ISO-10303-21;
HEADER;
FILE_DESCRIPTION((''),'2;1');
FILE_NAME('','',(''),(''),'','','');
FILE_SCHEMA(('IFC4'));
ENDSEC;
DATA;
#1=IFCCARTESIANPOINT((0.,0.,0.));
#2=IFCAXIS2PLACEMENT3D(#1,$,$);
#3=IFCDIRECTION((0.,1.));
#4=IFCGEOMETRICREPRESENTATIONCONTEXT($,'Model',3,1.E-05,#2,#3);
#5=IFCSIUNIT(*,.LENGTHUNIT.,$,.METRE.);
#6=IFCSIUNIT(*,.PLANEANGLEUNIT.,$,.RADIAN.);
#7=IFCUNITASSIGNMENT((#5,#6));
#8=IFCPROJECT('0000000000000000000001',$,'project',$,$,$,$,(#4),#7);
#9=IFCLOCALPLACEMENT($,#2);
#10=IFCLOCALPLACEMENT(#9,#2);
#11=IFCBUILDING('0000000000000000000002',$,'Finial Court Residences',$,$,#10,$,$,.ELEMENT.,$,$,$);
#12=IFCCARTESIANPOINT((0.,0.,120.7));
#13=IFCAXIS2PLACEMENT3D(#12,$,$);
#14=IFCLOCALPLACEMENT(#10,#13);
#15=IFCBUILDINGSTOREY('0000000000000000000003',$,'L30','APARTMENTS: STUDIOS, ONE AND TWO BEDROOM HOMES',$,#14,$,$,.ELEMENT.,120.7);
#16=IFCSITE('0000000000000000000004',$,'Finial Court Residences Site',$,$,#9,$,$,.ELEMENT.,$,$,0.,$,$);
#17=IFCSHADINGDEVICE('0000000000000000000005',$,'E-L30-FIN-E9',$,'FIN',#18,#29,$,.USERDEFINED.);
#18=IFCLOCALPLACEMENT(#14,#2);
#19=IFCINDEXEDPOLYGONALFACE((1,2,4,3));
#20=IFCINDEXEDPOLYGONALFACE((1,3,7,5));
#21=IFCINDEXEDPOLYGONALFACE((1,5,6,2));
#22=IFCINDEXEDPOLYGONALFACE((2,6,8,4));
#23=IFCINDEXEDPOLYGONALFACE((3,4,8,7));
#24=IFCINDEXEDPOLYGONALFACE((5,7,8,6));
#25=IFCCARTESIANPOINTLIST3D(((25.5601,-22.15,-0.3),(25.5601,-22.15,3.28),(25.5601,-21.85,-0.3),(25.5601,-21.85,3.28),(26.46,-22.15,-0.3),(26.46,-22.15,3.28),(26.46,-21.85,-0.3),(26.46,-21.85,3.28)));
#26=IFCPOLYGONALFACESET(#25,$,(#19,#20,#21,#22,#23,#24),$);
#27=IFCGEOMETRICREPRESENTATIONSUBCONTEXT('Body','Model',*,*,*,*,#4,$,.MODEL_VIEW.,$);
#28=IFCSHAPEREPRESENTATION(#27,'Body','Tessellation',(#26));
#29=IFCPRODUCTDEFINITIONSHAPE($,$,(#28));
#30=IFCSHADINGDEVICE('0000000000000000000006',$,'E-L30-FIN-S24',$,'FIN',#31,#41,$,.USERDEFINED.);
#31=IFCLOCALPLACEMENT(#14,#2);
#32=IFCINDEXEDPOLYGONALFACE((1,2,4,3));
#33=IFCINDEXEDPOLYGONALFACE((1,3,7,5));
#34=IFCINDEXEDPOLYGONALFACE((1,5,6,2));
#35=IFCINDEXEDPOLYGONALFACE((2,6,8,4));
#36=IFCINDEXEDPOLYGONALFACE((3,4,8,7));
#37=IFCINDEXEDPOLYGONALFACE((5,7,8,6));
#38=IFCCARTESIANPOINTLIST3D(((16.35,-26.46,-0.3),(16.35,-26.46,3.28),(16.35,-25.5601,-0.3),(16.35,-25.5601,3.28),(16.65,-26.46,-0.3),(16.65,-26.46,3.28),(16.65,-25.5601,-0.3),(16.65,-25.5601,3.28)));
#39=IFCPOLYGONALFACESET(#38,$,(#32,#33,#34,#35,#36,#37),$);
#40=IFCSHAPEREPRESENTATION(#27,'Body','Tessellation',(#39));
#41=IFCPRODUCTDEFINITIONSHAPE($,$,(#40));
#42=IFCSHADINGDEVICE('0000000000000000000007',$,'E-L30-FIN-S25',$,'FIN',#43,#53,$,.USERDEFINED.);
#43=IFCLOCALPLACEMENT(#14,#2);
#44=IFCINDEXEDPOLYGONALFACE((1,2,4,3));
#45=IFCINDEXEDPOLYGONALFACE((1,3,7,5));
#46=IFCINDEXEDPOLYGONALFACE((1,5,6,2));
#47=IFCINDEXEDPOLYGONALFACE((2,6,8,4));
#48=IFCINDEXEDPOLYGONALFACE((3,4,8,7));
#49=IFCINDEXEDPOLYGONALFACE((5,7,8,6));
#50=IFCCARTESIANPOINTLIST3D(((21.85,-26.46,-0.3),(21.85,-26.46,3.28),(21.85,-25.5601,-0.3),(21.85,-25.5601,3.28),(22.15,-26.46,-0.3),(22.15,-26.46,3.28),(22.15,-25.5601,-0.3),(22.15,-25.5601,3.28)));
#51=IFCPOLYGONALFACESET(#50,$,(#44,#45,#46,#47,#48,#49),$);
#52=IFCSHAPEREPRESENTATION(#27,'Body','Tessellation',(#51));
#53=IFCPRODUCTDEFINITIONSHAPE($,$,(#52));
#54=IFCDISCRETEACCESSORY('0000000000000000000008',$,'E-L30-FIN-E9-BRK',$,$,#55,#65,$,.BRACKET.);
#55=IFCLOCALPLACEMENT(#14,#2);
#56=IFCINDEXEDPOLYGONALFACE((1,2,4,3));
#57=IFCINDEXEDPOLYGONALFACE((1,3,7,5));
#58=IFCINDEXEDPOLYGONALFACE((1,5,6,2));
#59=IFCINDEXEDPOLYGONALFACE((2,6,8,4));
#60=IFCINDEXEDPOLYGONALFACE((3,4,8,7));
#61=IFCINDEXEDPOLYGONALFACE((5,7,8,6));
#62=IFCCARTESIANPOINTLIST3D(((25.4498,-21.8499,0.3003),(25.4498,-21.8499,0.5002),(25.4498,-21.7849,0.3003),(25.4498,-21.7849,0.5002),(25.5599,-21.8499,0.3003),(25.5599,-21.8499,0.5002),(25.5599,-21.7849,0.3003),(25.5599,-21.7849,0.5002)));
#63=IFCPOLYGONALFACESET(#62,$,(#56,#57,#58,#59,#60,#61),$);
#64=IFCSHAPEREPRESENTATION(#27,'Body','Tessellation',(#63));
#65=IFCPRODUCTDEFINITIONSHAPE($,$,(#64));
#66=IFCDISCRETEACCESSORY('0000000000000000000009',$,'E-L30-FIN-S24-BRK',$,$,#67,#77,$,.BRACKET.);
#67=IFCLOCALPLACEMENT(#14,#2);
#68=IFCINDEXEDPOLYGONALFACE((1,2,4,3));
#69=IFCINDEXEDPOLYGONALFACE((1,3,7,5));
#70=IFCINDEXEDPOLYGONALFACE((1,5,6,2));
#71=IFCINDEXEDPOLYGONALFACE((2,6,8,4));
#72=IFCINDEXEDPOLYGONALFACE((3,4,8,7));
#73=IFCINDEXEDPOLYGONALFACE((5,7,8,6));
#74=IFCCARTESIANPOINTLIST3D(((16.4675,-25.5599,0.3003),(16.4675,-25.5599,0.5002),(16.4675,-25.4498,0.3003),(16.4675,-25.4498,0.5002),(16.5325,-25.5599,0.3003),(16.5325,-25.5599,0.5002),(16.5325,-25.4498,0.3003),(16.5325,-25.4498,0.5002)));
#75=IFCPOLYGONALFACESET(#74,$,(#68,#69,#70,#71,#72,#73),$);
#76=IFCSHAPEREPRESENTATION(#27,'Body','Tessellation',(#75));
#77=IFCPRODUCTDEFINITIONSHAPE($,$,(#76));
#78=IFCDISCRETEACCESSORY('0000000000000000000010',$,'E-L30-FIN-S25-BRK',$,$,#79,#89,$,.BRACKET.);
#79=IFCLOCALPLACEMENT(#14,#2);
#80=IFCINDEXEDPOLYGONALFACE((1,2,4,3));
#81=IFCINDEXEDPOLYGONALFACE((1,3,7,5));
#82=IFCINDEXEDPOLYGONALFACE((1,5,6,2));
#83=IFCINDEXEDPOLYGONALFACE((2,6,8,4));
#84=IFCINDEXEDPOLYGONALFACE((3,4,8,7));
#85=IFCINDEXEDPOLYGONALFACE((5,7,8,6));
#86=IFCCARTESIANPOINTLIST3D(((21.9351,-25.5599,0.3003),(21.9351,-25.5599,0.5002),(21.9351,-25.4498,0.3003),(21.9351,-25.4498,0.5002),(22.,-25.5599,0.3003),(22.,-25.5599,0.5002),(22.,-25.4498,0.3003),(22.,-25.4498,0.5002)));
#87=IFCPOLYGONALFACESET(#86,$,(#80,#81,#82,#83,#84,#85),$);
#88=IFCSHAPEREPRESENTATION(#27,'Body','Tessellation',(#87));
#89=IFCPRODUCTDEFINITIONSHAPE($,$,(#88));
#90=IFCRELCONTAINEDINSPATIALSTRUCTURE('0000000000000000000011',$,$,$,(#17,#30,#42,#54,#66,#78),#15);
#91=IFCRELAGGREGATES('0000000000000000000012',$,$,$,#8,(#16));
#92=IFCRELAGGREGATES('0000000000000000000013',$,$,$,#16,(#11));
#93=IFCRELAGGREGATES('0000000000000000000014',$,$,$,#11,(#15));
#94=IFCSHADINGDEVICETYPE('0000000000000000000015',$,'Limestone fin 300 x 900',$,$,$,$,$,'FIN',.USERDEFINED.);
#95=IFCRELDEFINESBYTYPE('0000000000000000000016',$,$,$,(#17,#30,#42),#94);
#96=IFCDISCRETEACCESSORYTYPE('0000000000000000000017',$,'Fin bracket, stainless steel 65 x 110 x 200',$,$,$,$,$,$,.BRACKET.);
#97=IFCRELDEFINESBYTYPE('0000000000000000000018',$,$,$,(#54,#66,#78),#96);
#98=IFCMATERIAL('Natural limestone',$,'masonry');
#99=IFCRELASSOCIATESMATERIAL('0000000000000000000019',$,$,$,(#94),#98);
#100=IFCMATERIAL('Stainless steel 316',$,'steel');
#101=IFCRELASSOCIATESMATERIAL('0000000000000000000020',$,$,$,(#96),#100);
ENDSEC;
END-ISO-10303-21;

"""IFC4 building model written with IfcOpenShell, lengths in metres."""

from ifc_helpers import new_model, si_unit, direction, frame, origin, origin_2d, place, context, subcontext, project, spatial, rectangle, extrude, material, type_object, element, save


model = new_model("IFC4")

# Units and contexts
model_context = context("Model", 3, precision=1e-05, world=origin(), true_north=direction((0.0, 1.0)))
body_context = subcontext(model_context, "Body", "Model", "MODEL_VIEW")
ifc_project = project(units=[si_unit("LENGTHUNIT", "METRE"), si_unit("PLANEANGLEUNIT", "RADIAN")], contexts=[model_context])

# Site, building, storey
site_placement = place(None, origin())
site = spatial("IfcSite", under=ifc_project, at=site_placement, Name="Finial Court Residences Site", CompositionType="ELEMENT", RefElevation=0.0)
building_placement = place(site_placement, origin())
building = spatial("IfcBuilding", under=site, at=building_placement, Name="Finial Court Residences", CompositionType="ELEMENT")
storey_placement = place(building_placement, frame((0.0, 0.0, 120.7)))
storey = spatial("IfcBuildingStorey", under=building, at=storey_placement, Name="L30", Description="APARTMENTS: STUDIOS, ONE AND TWO BEDROOM HOMES", CompositionType="ELEMENT", Elevation=120.7)

# Shared definitions
ifc_material_1 = material(Name="Natural limestone", Category="masonry")

# Shading devices
shading_device_type = type_object("IfcShadingDeviceType", Name="Limestone fin 300 x 900", ElementType="FIN", PredefinedType="USERDEFINED", material=ifc_material_1)
shading_device_placement = place(storey_placement, frame((26.01, -22.0, -0.3), z_axis=(0.0, 0.0, 1.0), x_axis=(1.0, 0.0, 0.0)))
element("IfcShadingDevice", 1, at=shading_device_placement, inside=storey, type_object=shading_device_type, Name="E-L30-FIN-E9", ObjectType="FIN", PredefinedType="USERDEFINED", context=body_context, shape_type="SweptSolid", body=[
    extrude(rectangle(XDim=0.8999, YDim=0.3, at=origin_2d()), origin(), (0.0, 0.0, 1.0), 3.5801),
])
for number, where, z_axis, x_axis, name in (
    (2, (16.5, -26.01, -0.3), (0.0, 0.0, 1.0), (1.0, 0.0, 0.0), "E-L30-FIN-S24"),
    (3, (22.0, -26.01, -0.3), (0.0, 0.0, 1.0), (1.0, 0.0, 0.0), "E-L30-FIN-S25"),
):
    element("IfcShadingDevice", number, at=place(storey_placement, frame(where, z_axis=z_axis, x_axis=x_axis)), inside=storey, type_object=shading_device_type, Name=name, ObjectType="FIN", PredefinedType="USERDEFINED", context=body_context, shape_type="SweptSolid", body=[
        extrude(rectangle(XDim=0.3, YDim=0.8999, at=origin_2d()), origin(), (0.0, 0.0, 1.0), 3.5801),
    ])

# Discrete accessories
ifc_material_2 = material(Name="Stainless steel 316", Category="steel")
discrete_accessory_type = type_object("IfcDiscreteAccessoryType", Name="Fin bracket, stainless steel 65 x 110 x 200", PredefinedType="BRACKET", material=ifc_material_2)
discrete_accessory_placement = place(storey_placement, frame((25.5049, -21.8174, 0.3003), z_axis=(0.0, 0.0, 1.0), x_axis=(1.0, 0.0, 0.0)))
element("IfcDiscreteAccessory", 4, at=discrete_accessory_placement, inside=storey, type_object=discrete_accessory_type, Name="E-L30-FIN-E9-BRK", PredefinedType="BRACKET", context=body_context, shape_type="SweptSolid", body=[
    extrude(rectangle(XDim=0.1101, YDim=0.0649, at=origin_2d()), origin(), (0.0, 0.0, 1.0), 0.2),
])
for number, where, z_axis, x_axis, name in (
    (5, (16.5, -25.5049, 0.3003), (0.0, 0.0, 1.0), (1.0, 0.0, 0.0), "E-L30-FIN-S24-BRK"),
    (6, (21.9675, -25.5049, 0.3003), (0.0, 0.0, 1.0), (1.0, 0.0, 0.0), "E-L30-FIN-S25-BRK"),
):
    element("IfcDiscreteAccessory", number, at=place(storey_placement, frame(where, z_axis=z_axis, x_axis=x_axis)), inside=storey, type_object=discrete_accessory_type, Name=name, PredefinedType="BRACKET", context=body_context, shape_type="SweptSolid", body=[
        extrude(rectangle(XDim=0.0649, YDim=0.1101, at=origin_2d()), origin(), (0.0, 0.0, 1.0), 0.2),
    ])

save(model, "model.ifc")
